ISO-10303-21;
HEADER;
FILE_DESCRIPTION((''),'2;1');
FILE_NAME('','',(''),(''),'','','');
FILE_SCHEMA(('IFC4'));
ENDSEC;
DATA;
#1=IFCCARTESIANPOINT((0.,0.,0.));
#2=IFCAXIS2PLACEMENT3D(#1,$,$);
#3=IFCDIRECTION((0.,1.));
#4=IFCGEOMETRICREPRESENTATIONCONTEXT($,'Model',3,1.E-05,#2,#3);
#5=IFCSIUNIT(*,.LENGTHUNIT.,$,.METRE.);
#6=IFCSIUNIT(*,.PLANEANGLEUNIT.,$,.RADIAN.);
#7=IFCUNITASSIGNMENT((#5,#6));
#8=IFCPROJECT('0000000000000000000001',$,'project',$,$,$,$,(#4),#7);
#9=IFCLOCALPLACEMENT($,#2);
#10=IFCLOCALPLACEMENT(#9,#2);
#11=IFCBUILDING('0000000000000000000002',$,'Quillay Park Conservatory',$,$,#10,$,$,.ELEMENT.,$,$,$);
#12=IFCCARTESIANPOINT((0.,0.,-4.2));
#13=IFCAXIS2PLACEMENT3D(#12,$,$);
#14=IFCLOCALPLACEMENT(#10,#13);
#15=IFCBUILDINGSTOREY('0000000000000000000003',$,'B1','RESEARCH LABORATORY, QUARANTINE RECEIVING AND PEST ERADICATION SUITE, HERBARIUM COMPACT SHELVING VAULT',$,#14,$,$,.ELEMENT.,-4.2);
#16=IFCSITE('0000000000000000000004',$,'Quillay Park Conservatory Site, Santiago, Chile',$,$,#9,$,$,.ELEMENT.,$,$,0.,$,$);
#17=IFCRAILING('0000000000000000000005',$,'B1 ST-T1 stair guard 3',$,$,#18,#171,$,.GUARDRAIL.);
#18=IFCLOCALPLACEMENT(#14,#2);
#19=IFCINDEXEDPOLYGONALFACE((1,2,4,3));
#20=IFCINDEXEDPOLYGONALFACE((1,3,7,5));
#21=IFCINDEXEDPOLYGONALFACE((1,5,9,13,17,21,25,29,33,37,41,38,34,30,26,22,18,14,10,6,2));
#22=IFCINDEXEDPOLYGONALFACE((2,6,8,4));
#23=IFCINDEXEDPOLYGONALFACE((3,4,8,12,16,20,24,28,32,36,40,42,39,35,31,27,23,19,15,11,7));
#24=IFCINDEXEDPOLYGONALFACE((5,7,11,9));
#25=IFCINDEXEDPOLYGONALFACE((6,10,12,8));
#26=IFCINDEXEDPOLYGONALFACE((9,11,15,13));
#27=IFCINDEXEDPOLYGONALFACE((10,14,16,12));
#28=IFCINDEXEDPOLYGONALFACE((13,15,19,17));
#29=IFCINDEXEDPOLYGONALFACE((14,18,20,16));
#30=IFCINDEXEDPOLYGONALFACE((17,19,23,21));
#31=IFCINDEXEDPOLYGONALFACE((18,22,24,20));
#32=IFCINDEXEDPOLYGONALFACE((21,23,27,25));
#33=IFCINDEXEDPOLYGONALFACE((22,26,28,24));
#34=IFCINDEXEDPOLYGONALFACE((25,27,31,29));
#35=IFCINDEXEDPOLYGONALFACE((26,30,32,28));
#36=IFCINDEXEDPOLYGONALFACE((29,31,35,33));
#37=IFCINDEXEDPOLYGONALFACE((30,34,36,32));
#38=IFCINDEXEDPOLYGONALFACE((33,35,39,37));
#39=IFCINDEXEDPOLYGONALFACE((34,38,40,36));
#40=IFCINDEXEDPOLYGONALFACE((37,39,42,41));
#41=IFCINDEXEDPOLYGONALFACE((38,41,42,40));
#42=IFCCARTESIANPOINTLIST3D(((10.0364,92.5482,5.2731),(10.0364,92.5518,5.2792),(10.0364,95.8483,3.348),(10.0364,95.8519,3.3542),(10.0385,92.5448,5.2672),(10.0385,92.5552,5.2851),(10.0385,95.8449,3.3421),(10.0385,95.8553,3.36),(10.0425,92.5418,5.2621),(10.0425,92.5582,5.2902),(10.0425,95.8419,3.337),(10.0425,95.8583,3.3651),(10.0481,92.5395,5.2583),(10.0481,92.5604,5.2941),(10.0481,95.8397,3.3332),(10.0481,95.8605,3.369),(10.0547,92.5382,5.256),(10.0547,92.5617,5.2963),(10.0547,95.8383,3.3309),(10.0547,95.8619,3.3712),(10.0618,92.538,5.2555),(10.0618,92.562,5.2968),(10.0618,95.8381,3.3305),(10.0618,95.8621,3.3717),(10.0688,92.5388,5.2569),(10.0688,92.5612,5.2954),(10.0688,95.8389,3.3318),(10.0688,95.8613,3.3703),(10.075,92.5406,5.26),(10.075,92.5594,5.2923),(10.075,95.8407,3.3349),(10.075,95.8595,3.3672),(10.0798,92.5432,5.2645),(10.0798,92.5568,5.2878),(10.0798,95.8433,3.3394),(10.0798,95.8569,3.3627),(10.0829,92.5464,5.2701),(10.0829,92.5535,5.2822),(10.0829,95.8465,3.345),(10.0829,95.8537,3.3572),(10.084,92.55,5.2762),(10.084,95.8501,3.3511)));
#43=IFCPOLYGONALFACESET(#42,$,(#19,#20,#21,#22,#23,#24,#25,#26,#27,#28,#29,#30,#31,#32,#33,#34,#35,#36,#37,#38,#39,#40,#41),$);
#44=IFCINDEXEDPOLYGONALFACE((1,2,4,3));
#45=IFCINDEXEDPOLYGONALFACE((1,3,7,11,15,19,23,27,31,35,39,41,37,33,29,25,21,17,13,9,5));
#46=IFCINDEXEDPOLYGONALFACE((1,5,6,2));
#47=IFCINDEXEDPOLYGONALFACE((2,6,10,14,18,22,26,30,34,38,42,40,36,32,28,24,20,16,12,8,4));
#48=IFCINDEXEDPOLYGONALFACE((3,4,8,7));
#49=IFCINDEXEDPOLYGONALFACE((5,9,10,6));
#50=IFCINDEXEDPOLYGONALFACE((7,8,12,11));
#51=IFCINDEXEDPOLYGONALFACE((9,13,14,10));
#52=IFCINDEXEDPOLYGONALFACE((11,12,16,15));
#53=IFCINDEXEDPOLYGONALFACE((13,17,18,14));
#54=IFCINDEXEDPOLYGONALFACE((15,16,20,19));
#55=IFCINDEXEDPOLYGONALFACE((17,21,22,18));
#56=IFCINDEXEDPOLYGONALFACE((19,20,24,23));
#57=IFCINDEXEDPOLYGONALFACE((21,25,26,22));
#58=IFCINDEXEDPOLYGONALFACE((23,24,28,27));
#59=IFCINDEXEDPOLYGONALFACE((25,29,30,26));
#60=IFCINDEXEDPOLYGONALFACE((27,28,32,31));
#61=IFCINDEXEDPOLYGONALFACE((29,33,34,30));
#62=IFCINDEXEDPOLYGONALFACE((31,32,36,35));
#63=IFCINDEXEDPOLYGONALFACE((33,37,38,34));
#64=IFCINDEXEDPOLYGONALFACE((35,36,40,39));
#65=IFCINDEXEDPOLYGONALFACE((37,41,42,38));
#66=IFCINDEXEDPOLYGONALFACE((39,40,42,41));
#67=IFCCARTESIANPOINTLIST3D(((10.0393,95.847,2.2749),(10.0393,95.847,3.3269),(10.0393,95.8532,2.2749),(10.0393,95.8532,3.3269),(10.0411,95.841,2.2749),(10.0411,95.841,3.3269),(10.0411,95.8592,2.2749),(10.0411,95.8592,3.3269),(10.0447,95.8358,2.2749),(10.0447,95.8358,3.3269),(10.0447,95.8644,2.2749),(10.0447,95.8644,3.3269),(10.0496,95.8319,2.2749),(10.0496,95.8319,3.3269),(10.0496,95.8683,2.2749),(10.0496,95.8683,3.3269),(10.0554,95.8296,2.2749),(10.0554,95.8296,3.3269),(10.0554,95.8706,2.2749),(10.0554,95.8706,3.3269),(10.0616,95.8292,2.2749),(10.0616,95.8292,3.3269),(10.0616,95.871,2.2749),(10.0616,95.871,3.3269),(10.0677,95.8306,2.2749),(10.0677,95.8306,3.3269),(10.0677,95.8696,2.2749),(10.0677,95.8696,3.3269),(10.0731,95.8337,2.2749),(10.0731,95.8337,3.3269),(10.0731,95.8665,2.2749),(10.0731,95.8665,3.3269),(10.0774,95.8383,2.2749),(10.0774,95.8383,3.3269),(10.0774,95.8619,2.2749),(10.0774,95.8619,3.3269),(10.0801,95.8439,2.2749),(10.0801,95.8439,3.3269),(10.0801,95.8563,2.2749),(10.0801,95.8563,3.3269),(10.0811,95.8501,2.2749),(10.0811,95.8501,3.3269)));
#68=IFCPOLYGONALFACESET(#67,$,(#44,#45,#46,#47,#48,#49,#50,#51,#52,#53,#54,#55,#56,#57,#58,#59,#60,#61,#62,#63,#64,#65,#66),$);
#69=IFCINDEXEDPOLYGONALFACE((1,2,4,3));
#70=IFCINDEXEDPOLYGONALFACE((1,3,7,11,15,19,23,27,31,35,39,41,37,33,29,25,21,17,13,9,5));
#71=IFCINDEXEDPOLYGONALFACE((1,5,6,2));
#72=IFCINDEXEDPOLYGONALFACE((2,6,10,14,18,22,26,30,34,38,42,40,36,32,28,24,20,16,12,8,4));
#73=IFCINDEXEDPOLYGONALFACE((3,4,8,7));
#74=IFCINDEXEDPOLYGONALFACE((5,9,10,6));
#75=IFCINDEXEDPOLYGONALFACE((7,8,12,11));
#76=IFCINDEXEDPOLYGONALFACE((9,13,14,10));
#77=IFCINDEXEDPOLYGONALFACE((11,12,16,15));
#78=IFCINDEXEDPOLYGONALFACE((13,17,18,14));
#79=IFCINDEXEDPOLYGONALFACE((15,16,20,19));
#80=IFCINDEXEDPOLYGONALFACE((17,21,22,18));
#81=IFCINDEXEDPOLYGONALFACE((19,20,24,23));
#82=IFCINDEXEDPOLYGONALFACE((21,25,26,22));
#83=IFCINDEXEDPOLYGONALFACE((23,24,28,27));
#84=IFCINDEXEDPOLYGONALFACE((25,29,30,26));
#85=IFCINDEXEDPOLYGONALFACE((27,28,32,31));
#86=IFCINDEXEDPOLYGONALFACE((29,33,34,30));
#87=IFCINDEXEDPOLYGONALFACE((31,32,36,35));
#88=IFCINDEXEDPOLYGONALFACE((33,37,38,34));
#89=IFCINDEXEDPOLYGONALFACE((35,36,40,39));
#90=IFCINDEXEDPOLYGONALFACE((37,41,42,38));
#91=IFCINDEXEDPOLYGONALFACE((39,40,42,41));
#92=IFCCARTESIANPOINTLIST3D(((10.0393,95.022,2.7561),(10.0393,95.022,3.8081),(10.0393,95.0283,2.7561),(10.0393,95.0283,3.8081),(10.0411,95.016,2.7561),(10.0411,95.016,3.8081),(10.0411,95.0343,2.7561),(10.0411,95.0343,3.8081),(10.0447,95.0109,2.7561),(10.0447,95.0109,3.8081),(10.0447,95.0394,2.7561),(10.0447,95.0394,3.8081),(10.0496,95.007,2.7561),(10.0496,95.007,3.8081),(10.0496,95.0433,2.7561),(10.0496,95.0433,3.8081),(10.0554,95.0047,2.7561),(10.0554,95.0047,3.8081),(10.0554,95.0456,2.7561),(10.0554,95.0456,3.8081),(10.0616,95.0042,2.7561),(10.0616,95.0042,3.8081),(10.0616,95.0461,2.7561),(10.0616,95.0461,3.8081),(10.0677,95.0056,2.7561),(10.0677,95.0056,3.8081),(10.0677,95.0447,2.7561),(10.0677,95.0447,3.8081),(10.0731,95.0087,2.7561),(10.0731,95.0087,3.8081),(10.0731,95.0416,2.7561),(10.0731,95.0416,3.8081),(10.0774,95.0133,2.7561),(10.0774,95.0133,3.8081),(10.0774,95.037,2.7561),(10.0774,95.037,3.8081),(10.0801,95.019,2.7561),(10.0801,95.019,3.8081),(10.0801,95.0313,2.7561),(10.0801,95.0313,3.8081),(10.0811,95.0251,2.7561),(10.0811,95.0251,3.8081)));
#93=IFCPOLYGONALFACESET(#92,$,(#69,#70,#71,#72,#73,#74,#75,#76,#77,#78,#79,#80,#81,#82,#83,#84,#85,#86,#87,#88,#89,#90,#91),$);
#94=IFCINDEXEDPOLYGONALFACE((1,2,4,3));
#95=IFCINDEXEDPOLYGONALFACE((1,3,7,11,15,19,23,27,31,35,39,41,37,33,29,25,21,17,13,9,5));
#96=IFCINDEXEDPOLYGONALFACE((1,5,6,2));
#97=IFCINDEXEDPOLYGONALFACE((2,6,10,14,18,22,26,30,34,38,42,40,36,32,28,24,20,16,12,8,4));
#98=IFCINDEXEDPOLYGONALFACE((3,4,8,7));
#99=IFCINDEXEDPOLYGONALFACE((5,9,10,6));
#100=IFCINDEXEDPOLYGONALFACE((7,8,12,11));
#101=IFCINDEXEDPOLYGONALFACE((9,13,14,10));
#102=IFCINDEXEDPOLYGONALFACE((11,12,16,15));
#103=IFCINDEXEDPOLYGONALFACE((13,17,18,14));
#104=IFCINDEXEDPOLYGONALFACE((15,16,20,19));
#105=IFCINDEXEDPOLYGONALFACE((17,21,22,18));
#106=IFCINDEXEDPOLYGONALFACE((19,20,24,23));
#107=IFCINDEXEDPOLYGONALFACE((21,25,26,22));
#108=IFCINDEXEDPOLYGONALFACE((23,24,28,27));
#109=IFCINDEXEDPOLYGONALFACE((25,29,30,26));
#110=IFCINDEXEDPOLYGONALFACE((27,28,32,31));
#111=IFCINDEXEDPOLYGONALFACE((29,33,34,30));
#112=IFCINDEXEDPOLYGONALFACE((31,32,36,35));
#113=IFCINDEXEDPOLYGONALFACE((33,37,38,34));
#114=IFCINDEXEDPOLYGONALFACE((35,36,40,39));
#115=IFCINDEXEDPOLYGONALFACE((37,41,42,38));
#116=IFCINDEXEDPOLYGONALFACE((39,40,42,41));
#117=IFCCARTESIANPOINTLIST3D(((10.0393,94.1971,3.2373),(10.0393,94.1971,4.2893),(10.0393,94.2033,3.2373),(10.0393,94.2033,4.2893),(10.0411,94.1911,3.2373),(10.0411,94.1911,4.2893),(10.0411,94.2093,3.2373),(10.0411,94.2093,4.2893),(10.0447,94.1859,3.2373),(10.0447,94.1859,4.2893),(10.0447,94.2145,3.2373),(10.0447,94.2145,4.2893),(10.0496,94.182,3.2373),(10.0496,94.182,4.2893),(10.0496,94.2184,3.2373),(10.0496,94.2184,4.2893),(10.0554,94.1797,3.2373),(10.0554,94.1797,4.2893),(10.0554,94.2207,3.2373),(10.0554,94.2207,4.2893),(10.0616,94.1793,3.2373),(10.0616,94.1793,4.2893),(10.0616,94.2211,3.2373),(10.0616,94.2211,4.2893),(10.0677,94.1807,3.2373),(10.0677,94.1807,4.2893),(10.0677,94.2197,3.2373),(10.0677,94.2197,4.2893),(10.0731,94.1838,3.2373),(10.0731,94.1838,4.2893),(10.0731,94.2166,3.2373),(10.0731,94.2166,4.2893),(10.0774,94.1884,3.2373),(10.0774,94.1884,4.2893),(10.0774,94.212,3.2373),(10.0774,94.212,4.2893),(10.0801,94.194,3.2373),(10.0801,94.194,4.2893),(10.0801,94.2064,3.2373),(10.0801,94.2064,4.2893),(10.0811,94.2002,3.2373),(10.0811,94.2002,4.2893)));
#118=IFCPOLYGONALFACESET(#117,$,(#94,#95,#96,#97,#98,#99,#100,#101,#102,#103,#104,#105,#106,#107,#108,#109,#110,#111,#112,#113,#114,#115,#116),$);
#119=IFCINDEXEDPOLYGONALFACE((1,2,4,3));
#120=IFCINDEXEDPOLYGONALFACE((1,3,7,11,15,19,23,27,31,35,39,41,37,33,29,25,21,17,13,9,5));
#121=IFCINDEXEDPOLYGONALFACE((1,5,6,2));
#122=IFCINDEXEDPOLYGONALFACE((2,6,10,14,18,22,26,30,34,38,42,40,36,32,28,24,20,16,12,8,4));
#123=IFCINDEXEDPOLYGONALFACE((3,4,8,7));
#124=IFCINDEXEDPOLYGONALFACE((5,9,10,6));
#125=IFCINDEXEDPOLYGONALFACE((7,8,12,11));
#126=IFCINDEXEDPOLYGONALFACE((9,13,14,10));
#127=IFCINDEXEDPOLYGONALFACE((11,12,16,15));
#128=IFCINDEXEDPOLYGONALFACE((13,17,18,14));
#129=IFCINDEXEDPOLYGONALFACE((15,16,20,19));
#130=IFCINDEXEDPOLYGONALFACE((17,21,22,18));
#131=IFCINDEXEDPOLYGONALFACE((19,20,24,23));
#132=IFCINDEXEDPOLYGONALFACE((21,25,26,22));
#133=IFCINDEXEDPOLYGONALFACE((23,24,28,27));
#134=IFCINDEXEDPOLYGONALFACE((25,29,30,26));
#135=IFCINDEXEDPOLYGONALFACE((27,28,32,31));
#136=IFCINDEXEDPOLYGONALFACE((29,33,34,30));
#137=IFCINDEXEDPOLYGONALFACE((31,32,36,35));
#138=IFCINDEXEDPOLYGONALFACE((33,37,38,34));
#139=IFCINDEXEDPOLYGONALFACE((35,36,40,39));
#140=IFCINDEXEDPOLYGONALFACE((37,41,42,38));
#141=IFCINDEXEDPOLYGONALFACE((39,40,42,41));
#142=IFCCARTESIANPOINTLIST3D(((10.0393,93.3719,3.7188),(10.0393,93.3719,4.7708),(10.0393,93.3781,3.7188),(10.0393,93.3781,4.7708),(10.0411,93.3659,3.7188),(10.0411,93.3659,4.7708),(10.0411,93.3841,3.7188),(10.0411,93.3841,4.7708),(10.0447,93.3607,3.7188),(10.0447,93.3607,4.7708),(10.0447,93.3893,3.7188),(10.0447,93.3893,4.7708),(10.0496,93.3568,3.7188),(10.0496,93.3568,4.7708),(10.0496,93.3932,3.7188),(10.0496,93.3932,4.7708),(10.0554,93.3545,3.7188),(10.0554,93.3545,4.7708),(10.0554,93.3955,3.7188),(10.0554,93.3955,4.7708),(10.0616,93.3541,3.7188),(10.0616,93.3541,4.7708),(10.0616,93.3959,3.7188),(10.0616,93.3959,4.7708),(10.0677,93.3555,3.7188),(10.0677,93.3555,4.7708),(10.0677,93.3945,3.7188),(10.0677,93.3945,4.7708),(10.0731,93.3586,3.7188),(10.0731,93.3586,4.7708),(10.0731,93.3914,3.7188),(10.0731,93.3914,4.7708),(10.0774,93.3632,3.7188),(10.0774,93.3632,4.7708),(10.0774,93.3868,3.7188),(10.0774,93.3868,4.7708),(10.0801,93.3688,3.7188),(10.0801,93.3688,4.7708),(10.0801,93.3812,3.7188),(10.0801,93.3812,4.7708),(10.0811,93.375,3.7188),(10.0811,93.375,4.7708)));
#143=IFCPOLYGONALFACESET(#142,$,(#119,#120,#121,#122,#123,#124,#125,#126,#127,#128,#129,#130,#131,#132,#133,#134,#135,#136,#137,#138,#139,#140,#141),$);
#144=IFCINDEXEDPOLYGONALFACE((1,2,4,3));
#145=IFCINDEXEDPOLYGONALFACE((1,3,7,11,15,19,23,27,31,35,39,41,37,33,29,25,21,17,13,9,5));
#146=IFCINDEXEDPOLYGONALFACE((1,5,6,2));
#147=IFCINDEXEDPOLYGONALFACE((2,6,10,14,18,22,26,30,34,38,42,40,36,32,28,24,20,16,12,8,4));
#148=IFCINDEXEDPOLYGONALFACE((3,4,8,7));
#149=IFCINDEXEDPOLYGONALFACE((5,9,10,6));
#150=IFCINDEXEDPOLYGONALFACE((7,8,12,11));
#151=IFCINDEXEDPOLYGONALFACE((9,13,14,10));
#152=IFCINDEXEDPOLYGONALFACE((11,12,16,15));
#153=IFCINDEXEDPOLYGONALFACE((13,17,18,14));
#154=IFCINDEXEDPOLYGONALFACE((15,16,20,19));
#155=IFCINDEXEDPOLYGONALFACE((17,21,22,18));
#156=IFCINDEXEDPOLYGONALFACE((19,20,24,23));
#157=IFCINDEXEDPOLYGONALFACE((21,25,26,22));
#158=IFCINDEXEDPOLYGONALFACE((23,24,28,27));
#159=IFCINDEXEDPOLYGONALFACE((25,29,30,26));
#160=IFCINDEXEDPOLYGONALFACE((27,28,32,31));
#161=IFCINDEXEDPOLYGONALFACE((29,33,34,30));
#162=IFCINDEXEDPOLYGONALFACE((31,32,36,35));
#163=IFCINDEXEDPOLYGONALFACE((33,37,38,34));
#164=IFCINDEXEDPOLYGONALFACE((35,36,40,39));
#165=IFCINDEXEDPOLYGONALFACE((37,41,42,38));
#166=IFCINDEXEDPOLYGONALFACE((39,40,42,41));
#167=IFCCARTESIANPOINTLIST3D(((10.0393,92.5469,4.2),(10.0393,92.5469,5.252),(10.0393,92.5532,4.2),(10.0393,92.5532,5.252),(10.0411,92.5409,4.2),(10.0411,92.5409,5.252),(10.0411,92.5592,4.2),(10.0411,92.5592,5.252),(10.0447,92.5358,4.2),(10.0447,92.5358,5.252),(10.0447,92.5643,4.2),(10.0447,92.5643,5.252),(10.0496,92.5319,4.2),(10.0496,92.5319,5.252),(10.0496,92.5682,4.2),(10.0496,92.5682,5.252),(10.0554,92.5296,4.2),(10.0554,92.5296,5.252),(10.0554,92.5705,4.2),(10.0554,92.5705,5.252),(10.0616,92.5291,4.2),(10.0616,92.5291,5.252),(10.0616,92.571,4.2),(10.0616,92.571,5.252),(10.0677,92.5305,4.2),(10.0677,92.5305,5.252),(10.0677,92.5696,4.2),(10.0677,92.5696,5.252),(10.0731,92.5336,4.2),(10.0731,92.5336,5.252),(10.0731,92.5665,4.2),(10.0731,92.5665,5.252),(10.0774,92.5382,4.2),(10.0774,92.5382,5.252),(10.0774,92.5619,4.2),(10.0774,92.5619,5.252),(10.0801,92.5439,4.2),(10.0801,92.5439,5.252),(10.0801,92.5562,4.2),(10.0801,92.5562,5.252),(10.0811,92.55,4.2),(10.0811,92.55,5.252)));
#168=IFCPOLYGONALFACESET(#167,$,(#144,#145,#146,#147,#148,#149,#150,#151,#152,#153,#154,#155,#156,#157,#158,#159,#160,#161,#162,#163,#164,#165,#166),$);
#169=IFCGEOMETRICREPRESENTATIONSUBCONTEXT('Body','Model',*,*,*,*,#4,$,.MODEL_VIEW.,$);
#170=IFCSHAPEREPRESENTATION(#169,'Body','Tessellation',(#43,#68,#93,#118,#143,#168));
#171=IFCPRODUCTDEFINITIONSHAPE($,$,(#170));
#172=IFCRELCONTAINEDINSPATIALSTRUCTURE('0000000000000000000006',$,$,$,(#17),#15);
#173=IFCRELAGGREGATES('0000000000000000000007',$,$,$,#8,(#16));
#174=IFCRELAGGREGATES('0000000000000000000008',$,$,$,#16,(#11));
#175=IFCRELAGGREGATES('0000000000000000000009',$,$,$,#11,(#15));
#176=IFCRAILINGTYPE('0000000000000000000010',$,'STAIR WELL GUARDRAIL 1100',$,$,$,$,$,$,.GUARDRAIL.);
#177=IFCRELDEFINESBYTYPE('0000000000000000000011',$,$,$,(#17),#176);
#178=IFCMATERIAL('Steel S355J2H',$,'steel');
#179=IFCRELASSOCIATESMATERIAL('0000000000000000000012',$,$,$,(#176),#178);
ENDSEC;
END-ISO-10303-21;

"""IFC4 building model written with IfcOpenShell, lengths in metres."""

from ifc_helpers import new_model, si_unit, direction, frame, origin, origin_2d, place, context, subcontext, project, spatial, circle, extrude, material, type_object, element, save


model = new_model("IFC4")

# Units and contexts
model_context = context("Model", 3, precision=1e-05, world=origin(), true_north=direction((0.0, 1.0)))
body_context = subcontext(model_context, "Body", "Model", "MODEL_VIEW")
ifc_project = project(units=[si_unit("LENGTHUNIT", "METRE"), si_unit("PLANEANGLEUNIT", "RADIAN")], contexts=[model_context])

# Site, building, storey
site_placement = place(None, origin())
site = spatial("IfcSite", under=ifc_project, at=site_placement, Name="Quillay Park Conservatory Site, Santiago, Chile", CompositionType="ELEMENT", RefElevation=0.0)
building_placement = place(site_placement, origin())
building = spatial("IfcBuilding", under=site, at=building_placement, Name="Quillay Park Conservatory", CompositionType="ELEMENT")
storey_placement = place(building_placement, frame((0.0, 0.0, -4.2)))
storey = spatial("IfcBuildingStorey", under=building, at=storey_placement, Name="B1", Description="RESEARCH LABORATORY, QUARANTINE RECEIVING AND PEST ERADICATION SUITE, HERBARIUM COMPACT SHELVING VAULT", CompositionType="ELEMENT", Elevation=-4.2)

# Railing
ifc_material_1 = material(Name="Steel S355J2H", Category="steel")
railing_type_1 = type_object("IfcRailingType", Name="STAIR WELL GUARDRAIL 1100", PredefinedType="GUARDRAIL", material=ifc_material_1)
railing_1_placement = place(storey_placement, frame((10.0601, 95.8501, 2.2749)))
element("IfcRailing", 1, at=railing_1_placement, inside=storey, type_object=railing_type_1, Name="B1 ST-T1 stair guard 3", PredefinedType="GUARDRAIL", context=body_context, shape_type="SweptSolid", body=[
    extrude(circle(Radius=0.0239, at=origin_2d()), frame((0.0, 0.0, 1.0762), z_axis=(0.0, -0.863777, 0.503875), x_axis=(1.0, 0.0, 0.0)), (0.0, 0.0, 1.0), 3.8206),
    extrude(circle(Radius=0.021, at=origin_2d()), origin(), (0.0, 0.0, 1.0), 1.052),
    extrude(circle(Radius=0.021, at=origin_2d()), frame((0.0, -0.825, 0.4812)), (0.0, 0.0, 1.0), 1.052),
    extrude(circle(Radius=0.021, at=origin_2d()), frame((0.0, -1.6499, 0.9624)), (0.0, 0.0, 1.0), 1.052),
    extrude(circle(Radius=0.021, at=origin_2d()), frame((0.0, -2.4751, 1.4438)), (0.0, 0.0, 1.0), 1.052),
    extrude(circle(Radius=0.021, at=origin_2d()), frame((0.0, -3.3, 1.925)), (0.0, 0.0, 1.0), 1.052),
])

save(model, "model.ifc")
